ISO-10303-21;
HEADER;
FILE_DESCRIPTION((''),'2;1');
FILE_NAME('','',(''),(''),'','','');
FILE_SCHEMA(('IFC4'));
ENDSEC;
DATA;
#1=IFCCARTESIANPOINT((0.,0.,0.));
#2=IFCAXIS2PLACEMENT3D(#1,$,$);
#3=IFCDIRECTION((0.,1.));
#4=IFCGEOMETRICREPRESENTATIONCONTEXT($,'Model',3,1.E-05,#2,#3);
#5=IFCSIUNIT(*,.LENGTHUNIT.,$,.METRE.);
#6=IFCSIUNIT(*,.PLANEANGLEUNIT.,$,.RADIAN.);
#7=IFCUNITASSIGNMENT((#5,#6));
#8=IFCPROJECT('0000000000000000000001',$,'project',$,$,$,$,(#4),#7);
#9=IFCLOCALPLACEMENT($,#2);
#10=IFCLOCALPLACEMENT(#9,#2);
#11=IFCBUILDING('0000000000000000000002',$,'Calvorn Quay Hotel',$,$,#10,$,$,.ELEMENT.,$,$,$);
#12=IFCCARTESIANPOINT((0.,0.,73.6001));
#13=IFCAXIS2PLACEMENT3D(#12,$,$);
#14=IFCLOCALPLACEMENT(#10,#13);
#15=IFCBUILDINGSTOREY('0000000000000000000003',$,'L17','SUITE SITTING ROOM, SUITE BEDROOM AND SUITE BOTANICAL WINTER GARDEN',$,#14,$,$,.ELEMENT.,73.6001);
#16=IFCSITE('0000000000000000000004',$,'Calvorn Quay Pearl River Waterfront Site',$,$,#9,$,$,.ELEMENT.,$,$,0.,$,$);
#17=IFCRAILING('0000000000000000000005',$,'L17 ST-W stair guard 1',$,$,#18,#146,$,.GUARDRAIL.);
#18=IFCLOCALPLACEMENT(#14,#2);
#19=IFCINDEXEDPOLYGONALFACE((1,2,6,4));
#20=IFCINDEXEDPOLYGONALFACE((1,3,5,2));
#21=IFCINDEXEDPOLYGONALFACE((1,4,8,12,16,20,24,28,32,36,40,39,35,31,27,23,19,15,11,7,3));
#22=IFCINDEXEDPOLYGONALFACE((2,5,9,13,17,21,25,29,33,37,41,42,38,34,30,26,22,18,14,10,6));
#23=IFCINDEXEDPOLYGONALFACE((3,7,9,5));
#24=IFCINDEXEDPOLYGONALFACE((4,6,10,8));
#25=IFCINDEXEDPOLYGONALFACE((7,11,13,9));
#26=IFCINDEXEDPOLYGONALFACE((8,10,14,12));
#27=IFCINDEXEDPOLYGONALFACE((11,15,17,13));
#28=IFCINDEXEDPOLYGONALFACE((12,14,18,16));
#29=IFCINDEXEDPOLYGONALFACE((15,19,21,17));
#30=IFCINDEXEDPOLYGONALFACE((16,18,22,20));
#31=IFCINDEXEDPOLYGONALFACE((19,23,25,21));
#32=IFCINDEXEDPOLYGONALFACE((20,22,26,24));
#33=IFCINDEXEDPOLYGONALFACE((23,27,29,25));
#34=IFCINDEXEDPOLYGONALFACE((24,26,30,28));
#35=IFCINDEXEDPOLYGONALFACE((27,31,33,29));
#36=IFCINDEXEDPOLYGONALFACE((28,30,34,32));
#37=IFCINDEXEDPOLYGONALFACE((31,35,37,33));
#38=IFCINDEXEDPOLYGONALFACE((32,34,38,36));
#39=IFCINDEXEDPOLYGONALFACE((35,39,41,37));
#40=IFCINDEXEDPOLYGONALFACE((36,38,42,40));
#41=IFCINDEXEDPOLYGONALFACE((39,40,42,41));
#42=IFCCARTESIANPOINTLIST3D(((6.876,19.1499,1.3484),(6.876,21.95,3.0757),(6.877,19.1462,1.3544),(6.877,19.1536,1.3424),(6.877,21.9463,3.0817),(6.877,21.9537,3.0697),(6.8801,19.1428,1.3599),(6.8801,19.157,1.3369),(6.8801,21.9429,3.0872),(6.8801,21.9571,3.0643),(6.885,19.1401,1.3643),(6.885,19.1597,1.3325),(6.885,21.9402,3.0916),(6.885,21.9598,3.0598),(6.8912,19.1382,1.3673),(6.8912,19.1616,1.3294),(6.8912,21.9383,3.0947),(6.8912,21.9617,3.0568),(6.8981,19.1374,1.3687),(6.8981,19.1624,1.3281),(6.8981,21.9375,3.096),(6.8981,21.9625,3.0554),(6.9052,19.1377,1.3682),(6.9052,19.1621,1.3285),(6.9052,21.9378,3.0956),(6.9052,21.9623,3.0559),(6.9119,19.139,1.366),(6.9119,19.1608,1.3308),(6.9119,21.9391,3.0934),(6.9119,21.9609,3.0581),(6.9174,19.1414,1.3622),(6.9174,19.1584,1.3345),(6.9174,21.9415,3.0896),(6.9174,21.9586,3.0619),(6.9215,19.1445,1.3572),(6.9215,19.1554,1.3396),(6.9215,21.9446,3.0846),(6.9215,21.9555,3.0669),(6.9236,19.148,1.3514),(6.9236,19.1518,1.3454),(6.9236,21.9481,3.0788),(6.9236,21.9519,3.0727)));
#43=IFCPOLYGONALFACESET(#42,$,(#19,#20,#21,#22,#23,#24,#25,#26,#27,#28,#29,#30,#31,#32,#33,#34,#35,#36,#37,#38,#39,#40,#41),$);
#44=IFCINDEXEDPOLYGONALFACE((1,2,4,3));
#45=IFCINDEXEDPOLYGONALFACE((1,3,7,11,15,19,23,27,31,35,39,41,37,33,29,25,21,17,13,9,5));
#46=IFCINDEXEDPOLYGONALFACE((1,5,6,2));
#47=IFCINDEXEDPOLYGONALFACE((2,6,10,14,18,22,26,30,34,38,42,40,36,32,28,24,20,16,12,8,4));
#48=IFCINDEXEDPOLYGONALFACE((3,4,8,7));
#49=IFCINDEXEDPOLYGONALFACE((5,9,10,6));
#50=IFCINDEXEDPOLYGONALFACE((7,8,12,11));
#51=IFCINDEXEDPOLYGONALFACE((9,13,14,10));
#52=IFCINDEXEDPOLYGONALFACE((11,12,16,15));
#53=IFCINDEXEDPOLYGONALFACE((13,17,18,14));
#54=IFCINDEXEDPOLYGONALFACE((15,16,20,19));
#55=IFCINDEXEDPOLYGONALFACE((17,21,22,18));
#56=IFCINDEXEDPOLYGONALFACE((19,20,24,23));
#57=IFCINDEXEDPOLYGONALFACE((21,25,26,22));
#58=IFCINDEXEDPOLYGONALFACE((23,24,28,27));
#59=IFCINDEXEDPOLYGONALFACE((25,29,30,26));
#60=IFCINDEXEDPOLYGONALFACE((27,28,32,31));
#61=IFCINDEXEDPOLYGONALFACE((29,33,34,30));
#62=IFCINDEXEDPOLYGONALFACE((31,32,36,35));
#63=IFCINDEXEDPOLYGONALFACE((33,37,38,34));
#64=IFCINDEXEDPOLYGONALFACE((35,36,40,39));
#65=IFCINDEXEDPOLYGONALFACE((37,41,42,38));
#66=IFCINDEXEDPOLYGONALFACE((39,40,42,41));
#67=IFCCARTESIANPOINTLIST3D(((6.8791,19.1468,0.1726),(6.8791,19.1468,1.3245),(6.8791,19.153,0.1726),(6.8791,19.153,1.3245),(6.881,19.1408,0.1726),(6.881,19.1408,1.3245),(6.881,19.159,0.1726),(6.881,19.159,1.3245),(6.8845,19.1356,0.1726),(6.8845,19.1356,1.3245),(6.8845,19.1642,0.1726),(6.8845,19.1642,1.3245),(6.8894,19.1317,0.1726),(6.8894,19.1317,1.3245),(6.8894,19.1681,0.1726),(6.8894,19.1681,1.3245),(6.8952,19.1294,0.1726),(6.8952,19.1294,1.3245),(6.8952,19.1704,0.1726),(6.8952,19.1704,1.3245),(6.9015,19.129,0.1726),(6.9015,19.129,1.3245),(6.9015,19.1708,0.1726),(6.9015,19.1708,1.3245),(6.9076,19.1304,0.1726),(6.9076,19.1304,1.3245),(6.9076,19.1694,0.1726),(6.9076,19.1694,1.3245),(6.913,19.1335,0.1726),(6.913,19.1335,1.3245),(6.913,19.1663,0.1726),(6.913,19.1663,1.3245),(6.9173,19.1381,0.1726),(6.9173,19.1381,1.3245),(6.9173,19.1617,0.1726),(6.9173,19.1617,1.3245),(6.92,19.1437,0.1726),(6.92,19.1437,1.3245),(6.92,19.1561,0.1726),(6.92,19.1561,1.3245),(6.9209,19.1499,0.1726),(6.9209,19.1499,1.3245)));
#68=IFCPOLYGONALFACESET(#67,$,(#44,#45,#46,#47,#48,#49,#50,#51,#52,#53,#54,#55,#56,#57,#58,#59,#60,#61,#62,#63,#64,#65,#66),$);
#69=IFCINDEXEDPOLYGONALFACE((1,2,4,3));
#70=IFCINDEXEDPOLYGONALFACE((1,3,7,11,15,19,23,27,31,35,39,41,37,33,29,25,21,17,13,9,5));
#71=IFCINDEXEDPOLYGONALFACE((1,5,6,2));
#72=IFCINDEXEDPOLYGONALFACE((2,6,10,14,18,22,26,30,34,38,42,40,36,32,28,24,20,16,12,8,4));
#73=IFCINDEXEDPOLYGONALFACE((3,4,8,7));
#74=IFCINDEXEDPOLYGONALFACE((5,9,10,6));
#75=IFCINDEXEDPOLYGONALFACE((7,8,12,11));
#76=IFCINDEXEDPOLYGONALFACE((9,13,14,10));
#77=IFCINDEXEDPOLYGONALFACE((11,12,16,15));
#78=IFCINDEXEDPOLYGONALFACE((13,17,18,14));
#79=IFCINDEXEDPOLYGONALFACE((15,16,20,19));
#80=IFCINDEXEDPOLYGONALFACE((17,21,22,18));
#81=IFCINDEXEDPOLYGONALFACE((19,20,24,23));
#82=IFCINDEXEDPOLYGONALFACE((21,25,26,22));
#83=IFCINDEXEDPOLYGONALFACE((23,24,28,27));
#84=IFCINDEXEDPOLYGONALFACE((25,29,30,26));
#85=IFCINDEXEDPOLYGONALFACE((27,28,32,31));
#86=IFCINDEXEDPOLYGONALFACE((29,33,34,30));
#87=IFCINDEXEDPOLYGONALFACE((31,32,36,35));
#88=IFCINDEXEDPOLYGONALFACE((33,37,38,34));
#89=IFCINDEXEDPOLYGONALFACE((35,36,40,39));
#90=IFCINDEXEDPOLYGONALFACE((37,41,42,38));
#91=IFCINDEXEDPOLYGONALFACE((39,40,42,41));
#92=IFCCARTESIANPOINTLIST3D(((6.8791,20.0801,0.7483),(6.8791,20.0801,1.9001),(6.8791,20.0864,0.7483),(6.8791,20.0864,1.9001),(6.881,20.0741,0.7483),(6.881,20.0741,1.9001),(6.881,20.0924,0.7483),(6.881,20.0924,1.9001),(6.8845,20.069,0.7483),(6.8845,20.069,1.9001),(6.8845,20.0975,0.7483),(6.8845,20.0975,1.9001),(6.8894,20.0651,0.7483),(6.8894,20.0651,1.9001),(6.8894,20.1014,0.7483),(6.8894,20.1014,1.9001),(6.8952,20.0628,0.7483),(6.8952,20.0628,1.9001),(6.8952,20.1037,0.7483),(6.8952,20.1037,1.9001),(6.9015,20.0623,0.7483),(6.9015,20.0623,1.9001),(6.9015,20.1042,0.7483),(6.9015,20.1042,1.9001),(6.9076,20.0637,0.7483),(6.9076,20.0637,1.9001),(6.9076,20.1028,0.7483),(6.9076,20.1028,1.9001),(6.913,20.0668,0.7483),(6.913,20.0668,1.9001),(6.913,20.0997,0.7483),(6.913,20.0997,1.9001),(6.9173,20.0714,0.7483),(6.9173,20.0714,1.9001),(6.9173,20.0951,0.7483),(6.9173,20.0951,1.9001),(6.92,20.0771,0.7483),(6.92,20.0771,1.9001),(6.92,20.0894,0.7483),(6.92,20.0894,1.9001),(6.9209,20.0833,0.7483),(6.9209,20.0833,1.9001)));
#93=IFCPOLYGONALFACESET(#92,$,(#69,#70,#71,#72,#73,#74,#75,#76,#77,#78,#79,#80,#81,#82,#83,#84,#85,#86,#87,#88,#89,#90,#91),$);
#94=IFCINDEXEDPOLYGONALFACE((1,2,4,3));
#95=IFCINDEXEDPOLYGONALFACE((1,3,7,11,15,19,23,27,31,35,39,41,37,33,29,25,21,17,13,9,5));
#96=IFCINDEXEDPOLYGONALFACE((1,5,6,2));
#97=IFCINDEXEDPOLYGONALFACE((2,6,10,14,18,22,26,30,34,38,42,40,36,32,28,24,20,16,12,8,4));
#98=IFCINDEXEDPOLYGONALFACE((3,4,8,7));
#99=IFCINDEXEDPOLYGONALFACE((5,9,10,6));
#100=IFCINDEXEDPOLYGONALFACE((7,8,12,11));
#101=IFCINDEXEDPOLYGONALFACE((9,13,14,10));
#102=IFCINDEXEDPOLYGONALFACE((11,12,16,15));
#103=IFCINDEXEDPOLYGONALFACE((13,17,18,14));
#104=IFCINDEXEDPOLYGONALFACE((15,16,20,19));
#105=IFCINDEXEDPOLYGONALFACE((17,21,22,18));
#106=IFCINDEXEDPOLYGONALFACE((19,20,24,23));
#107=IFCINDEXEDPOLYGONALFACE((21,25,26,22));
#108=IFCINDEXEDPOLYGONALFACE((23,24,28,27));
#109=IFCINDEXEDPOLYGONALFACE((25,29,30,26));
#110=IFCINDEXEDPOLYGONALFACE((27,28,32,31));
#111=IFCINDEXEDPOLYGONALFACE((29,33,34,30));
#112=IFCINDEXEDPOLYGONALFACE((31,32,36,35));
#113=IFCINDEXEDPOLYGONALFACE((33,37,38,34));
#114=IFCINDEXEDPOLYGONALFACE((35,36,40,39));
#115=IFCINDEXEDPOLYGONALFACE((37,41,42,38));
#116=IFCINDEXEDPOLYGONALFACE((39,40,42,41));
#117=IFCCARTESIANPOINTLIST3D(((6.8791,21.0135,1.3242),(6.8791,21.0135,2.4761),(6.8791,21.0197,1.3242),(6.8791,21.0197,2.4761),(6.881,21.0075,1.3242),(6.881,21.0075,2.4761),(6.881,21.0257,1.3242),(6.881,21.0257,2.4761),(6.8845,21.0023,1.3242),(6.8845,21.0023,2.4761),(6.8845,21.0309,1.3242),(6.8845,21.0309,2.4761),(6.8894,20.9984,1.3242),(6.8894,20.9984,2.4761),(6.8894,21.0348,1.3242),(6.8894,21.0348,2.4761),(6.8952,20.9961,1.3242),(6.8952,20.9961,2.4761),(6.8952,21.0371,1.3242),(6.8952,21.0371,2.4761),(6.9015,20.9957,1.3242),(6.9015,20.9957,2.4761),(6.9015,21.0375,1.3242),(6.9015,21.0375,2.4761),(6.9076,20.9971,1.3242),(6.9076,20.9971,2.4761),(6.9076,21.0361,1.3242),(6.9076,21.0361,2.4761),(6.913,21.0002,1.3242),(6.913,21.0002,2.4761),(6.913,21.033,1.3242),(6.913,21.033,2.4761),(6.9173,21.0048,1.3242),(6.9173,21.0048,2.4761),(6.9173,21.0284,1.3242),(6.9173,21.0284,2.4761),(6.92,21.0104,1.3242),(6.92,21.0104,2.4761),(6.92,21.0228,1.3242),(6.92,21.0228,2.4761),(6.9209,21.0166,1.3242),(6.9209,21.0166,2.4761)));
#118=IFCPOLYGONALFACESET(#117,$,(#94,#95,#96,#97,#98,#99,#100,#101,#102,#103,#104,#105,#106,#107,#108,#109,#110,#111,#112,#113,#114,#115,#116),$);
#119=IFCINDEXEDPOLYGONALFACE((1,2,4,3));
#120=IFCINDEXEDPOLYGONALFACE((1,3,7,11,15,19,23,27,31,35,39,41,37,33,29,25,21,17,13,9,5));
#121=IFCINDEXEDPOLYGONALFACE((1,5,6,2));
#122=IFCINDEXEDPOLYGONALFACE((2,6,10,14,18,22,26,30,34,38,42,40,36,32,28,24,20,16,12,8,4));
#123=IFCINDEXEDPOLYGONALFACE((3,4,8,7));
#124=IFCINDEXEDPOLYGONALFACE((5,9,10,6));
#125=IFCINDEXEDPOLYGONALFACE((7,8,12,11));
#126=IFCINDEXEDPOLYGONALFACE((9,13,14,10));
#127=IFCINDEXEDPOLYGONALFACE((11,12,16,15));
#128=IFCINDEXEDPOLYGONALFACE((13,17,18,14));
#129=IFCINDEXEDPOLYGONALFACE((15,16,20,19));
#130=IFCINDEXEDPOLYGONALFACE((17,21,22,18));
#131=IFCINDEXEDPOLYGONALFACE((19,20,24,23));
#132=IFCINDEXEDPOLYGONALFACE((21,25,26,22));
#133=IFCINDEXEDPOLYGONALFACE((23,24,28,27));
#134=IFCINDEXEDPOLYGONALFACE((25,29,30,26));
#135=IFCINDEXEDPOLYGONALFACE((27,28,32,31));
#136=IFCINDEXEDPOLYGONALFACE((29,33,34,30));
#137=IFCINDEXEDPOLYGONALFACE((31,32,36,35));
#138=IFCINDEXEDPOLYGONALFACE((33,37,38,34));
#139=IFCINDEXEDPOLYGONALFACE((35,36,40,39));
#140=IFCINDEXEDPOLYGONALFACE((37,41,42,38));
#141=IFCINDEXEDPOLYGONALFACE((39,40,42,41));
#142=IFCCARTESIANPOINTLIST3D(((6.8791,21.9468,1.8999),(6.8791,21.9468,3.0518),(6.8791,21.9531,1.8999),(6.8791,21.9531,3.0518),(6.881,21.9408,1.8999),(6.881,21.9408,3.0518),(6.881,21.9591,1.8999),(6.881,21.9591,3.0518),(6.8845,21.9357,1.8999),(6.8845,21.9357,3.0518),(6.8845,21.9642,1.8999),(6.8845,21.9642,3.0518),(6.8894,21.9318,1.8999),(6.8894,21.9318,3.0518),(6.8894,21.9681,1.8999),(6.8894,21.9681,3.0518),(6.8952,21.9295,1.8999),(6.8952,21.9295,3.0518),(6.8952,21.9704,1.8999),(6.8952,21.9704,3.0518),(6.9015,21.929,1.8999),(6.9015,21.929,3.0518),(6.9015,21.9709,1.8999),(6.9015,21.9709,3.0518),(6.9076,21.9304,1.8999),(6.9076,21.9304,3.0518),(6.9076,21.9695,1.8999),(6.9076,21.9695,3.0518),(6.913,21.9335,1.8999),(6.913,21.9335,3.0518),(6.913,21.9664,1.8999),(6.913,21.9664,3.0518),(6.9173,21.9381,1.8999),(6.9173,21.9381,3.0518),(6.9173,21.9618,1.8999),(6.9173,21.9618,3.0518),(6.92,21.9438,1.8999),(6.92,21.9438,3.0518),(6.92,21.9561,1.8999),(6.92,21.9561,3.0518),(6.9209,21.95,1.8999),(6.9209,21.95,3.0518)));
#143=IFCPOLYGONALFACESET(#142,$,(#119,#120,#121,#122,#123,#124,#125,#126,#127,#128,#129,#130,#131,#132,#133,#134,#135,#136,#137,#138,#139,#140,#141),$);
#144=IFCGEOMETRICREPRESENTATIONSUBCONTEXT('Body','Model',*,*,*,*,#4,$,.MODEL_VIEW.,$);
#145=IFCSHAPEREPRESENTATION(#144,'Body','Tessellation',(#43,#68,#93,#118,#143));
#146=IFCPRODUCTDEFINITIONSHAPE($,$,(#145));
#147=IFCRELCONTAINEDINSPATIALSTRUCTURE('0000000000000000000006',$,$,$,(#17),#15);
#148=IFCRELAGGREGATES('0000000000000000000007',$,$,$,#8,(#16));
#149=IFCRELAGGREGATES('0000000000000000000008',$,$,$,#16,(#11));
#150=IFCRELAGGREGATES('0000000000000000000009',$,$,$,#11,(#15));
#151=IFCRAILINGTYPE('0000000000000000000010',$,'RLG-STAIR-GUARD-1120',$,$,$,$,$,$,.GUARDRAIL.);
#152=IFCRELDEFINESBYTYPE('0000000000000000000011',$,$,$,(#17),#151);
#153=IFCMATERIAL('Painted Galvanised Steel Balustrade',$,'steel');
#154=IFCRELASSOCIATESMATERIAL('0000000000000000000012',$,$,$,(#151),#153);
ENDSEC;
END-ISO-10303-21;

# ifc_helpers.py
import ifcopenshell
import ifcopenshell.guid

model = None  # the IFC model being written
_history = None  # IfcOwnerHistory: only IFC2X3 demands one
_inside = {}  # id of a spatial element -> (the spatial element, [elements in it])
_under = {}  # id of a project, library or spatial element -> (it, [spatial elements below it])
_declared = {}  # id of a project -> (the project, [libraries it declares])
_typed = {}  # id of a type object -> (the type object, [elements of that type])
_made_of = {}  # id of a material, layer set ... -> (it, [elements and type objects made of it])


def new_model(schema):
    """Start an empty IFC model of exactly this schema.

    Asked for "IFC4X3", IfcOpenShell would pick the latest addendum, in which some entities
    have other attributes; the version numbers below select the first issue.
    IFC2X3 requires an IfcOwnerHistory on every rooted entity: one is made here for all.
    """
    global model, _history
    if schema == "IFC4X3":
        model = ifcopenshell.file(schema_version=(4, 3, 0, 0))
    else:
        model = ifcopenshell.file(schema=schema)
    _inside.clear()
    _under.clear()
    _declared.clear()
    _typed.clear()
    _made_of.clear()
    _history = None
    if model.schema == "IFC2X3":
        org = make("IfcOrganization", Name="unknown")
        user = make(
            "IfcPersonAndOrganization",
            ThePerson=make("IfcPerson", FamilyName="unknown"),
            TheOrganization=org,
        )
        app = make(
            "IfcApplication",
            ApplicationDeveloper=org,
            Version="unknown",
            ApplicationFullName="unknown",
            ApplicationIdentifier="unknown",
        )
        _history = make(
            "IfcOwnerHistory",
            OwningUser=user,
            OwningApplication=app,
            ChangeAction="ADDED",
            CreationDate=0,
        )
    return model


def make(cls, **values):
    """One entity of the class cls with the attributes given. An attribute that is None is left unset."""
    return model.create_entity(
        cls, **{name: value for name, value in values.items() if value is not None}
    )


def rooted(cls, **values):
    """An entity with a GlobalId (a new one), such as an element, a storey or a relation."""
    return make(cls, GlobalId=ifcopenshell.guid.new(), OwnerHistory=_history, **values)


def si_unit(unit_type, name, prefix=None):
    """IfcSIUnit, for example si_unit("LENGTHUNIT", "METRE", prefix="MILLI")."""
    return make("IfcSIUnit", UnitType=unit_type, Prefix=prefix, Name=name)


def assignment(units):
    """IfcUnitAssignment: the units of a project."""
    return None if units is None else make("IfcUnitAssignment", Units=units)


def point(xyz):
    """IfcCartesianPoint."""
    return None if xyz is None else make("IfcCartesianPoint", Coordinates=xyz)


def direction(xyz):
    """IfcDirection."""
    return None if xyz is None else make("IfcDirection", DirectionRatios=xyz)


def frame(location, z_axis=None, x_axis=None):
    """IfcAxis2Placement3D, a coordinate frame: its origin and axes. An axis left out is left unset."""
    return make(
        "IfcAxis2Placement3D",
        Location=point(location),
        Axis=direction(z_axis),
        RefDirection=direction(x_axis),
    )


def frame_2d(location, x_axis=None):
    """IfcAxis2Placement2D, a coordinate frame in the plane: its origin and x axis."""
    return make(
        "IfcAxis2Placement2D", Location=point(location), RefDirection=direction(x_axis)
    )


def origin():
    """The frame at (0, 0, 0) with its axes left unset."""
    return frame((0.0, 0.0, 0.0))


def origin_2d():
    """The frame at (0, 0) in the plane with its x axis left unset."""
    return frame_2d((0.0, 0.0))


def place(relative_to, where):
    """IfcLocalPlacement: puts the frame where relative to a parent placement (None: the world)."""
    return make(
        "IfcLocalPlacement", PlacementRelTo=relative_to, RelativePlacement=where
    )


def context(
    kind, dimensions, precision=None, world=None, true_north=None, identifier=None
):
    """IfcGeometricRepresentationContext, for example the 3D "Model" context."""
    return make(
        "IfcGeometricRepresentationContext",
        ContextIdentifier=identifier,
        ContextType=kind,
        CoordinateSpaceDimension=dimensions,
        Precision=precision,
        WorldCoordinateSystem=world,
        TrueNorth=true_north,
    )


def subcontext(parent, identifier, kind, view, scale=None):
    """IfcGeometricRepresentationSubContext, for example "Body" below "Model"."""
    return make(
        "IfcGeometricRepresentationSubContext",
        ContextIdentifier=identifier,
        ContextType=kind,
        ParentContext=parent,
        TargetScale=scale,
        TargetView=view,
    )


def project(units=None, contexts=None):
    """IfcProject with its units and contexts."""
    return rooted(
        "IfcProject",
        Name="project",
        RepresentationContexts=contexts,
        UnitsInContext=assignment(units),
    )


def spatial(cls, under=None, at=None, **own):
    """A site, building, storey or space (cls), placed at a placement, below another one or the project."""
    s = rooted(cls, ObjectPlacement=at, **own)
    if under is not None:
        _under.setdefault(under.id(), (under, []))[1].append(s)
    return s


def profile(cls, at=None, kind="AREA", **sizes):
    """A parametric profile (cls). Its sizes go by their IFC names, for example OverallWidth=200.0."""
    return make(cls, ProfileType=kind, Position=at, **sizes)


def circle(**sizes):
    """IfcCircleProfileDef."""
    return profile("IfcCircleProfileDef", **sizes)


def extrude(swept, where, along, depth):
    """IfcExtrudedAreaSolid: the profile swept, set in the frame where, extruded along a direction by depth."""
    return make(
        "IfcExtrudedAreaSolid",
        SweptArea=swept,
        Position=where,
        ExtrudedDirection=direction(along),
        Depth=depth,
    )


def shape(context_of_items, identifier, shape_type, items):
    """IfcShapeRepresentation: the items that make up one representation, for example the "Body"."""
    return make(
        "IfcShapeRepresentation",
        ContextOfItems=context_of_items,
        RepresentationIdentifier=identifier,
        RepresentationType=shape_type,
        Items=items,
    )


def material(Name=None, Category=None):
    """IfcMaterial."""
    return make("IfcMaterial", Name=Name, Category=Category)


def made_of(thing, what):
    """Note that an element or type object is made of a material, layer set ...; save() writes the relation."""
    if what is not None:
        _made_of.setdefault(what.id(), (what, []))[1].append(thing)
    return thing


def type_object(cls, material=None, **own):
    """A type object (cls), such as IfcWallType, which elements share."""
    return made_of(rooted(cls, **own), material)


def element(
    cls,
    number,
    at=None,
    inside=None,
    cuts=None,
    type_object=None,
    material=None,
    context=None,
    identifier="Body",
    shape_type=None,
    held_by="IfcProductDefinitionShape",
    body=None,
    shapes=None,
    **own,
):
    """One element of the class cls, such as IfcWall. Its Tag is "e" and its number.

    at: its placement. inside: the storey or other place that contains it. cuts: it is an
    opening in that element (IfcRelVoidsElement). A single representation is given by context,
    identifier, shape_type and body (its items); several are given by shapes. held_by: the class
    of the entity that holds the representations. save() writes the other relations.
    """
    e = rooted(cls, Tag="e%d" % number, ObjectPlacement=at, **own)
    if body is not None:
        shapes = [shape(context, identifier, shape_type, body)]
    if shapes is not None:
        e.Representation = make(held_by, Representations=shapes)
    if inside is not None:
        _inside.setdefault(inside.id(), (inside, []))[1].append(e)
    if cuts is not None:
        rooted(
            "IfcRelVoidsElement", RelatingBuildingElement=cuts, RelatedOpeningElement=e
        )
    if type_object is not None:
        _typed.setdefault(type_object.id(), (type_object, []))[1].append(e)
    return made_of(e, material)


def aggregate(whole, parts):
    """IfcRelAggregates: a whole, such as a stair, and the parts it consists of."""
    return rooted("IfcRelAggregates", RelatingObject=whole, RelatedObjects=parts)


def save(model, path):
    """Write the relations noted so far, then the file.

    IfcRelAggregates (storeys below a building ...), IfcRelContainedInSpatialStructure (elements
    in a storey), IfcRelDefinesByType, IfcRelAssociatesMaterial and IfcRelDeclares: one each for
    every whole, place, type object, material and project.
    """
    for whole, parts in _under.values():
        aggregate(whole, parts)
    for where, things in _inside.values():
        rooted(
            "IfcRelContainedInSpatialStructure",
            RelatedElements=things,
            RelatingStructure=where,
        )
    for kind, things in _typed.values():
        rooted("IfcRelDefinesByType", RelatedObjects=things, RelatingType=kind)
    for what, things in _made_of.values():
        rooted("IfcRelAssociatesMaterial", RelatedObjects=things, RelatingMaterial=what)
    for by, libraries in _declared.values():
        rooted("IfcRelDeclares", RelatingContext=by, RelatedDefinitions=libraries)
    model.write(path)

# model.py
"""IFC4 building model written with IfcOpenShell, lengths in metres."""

from ifc_helpers import new_model, si_unit, direction, frame, origin, origin_2d, place, context, subcontext, project, spatial, circle, extrude, material, type_object, element, save


model = new_model("IFC4")

# Units and contexts
model_context = context("Model", 3, precision=1e-05, world=origin(), true_north=direction((0.0, 1.0)))
body_context = subcontext(model_context, "Body", "Model", "MODEL_VIEW")
ifc_project = project(units=[si_unit("LENGTHUNIT", "METRE"), si_unit("PLANEANGLEUNIT", "RADIAN")], contexts=[model_context])

# Site, building, storey
site_placement = place(None, origin())
site = spatial("IfcSite", under=ifc_project, at=site_placement, Name="Calvorn Quay Pearl River Waterfront Site", CompositionType="ELEMENT", RefElevation=0.0)
building_placement = place(site_placement, origin())
building = spatial("IfcBuilding", under=site, at=building_placement, Name="Calvorn Quay Hotel", CompositionType="ELEMENT")
storey_placement = place(building_placement, frame((0.0, 0.0, 73.6001)))
storey = spatial("IfcBuildingStorey", under=building, at=storey_placement, Name="L17", Description="SUITE SITTING ROOM, SUITE BEDROOM AND SUITE BOTANICAL WINTER GARDEN", CompositionType="ELEMENT", Elevation=73.6001)

# Railing
ifc_material_1 = material(Name="Painted Galvanised Steel Balustrade", Category="steel")
railing_type_1 = type_object("IfcRailingType", Name="RLG-STAIR-GUARD-1120", PredefinedType="GUARDRAIL", material=ifc_material_1)
railing_1_placement = place(storey_placement, frame((6.8999, 19.1499, 0.1726)))
element("IfcRailing", 1, at=railing_1_placement, inside=storey, type_object=railing_type_1, Name="L17 ST-W stair guard 1", PredefinedType="GUARDRAIL", context=body_context, shape_type="SweptSolid", body=[
    extrude(circle(Radius=0.0239, at=origin_2d()), frame((0.0, 0.0, 1.1758), z_axis=(0.0, 0.85109, 0.52502), x_axis=(-1.0, 0.0, 0.0)), (0.0, 0.0, 1.0), 3.29),
    extrude(circle(Radius=0.021, at=origin_2d()), origin(), (0.0, 0.0, 1.0), 1.1519),
    extrude(circle(Radius=0.021, at=origin_2d()), frame((0.0, 0.9333, 0.5757)), (0.0, 0.0, 1.0), 1.1519),
    extrude(circle(Radius=0.021, at=origin_2d()), frame((0.0, 1.8667, 1.1516)), (0.0, 0.0, 1.0), 1.1519),
    extrude(circle(Radius=0.021, at=origin_2d()), frame((0.0, 2.8, 1.7273)), (0.0, 0.0, 1.0), 1.1519),
])

save(model, "model.ifc")
